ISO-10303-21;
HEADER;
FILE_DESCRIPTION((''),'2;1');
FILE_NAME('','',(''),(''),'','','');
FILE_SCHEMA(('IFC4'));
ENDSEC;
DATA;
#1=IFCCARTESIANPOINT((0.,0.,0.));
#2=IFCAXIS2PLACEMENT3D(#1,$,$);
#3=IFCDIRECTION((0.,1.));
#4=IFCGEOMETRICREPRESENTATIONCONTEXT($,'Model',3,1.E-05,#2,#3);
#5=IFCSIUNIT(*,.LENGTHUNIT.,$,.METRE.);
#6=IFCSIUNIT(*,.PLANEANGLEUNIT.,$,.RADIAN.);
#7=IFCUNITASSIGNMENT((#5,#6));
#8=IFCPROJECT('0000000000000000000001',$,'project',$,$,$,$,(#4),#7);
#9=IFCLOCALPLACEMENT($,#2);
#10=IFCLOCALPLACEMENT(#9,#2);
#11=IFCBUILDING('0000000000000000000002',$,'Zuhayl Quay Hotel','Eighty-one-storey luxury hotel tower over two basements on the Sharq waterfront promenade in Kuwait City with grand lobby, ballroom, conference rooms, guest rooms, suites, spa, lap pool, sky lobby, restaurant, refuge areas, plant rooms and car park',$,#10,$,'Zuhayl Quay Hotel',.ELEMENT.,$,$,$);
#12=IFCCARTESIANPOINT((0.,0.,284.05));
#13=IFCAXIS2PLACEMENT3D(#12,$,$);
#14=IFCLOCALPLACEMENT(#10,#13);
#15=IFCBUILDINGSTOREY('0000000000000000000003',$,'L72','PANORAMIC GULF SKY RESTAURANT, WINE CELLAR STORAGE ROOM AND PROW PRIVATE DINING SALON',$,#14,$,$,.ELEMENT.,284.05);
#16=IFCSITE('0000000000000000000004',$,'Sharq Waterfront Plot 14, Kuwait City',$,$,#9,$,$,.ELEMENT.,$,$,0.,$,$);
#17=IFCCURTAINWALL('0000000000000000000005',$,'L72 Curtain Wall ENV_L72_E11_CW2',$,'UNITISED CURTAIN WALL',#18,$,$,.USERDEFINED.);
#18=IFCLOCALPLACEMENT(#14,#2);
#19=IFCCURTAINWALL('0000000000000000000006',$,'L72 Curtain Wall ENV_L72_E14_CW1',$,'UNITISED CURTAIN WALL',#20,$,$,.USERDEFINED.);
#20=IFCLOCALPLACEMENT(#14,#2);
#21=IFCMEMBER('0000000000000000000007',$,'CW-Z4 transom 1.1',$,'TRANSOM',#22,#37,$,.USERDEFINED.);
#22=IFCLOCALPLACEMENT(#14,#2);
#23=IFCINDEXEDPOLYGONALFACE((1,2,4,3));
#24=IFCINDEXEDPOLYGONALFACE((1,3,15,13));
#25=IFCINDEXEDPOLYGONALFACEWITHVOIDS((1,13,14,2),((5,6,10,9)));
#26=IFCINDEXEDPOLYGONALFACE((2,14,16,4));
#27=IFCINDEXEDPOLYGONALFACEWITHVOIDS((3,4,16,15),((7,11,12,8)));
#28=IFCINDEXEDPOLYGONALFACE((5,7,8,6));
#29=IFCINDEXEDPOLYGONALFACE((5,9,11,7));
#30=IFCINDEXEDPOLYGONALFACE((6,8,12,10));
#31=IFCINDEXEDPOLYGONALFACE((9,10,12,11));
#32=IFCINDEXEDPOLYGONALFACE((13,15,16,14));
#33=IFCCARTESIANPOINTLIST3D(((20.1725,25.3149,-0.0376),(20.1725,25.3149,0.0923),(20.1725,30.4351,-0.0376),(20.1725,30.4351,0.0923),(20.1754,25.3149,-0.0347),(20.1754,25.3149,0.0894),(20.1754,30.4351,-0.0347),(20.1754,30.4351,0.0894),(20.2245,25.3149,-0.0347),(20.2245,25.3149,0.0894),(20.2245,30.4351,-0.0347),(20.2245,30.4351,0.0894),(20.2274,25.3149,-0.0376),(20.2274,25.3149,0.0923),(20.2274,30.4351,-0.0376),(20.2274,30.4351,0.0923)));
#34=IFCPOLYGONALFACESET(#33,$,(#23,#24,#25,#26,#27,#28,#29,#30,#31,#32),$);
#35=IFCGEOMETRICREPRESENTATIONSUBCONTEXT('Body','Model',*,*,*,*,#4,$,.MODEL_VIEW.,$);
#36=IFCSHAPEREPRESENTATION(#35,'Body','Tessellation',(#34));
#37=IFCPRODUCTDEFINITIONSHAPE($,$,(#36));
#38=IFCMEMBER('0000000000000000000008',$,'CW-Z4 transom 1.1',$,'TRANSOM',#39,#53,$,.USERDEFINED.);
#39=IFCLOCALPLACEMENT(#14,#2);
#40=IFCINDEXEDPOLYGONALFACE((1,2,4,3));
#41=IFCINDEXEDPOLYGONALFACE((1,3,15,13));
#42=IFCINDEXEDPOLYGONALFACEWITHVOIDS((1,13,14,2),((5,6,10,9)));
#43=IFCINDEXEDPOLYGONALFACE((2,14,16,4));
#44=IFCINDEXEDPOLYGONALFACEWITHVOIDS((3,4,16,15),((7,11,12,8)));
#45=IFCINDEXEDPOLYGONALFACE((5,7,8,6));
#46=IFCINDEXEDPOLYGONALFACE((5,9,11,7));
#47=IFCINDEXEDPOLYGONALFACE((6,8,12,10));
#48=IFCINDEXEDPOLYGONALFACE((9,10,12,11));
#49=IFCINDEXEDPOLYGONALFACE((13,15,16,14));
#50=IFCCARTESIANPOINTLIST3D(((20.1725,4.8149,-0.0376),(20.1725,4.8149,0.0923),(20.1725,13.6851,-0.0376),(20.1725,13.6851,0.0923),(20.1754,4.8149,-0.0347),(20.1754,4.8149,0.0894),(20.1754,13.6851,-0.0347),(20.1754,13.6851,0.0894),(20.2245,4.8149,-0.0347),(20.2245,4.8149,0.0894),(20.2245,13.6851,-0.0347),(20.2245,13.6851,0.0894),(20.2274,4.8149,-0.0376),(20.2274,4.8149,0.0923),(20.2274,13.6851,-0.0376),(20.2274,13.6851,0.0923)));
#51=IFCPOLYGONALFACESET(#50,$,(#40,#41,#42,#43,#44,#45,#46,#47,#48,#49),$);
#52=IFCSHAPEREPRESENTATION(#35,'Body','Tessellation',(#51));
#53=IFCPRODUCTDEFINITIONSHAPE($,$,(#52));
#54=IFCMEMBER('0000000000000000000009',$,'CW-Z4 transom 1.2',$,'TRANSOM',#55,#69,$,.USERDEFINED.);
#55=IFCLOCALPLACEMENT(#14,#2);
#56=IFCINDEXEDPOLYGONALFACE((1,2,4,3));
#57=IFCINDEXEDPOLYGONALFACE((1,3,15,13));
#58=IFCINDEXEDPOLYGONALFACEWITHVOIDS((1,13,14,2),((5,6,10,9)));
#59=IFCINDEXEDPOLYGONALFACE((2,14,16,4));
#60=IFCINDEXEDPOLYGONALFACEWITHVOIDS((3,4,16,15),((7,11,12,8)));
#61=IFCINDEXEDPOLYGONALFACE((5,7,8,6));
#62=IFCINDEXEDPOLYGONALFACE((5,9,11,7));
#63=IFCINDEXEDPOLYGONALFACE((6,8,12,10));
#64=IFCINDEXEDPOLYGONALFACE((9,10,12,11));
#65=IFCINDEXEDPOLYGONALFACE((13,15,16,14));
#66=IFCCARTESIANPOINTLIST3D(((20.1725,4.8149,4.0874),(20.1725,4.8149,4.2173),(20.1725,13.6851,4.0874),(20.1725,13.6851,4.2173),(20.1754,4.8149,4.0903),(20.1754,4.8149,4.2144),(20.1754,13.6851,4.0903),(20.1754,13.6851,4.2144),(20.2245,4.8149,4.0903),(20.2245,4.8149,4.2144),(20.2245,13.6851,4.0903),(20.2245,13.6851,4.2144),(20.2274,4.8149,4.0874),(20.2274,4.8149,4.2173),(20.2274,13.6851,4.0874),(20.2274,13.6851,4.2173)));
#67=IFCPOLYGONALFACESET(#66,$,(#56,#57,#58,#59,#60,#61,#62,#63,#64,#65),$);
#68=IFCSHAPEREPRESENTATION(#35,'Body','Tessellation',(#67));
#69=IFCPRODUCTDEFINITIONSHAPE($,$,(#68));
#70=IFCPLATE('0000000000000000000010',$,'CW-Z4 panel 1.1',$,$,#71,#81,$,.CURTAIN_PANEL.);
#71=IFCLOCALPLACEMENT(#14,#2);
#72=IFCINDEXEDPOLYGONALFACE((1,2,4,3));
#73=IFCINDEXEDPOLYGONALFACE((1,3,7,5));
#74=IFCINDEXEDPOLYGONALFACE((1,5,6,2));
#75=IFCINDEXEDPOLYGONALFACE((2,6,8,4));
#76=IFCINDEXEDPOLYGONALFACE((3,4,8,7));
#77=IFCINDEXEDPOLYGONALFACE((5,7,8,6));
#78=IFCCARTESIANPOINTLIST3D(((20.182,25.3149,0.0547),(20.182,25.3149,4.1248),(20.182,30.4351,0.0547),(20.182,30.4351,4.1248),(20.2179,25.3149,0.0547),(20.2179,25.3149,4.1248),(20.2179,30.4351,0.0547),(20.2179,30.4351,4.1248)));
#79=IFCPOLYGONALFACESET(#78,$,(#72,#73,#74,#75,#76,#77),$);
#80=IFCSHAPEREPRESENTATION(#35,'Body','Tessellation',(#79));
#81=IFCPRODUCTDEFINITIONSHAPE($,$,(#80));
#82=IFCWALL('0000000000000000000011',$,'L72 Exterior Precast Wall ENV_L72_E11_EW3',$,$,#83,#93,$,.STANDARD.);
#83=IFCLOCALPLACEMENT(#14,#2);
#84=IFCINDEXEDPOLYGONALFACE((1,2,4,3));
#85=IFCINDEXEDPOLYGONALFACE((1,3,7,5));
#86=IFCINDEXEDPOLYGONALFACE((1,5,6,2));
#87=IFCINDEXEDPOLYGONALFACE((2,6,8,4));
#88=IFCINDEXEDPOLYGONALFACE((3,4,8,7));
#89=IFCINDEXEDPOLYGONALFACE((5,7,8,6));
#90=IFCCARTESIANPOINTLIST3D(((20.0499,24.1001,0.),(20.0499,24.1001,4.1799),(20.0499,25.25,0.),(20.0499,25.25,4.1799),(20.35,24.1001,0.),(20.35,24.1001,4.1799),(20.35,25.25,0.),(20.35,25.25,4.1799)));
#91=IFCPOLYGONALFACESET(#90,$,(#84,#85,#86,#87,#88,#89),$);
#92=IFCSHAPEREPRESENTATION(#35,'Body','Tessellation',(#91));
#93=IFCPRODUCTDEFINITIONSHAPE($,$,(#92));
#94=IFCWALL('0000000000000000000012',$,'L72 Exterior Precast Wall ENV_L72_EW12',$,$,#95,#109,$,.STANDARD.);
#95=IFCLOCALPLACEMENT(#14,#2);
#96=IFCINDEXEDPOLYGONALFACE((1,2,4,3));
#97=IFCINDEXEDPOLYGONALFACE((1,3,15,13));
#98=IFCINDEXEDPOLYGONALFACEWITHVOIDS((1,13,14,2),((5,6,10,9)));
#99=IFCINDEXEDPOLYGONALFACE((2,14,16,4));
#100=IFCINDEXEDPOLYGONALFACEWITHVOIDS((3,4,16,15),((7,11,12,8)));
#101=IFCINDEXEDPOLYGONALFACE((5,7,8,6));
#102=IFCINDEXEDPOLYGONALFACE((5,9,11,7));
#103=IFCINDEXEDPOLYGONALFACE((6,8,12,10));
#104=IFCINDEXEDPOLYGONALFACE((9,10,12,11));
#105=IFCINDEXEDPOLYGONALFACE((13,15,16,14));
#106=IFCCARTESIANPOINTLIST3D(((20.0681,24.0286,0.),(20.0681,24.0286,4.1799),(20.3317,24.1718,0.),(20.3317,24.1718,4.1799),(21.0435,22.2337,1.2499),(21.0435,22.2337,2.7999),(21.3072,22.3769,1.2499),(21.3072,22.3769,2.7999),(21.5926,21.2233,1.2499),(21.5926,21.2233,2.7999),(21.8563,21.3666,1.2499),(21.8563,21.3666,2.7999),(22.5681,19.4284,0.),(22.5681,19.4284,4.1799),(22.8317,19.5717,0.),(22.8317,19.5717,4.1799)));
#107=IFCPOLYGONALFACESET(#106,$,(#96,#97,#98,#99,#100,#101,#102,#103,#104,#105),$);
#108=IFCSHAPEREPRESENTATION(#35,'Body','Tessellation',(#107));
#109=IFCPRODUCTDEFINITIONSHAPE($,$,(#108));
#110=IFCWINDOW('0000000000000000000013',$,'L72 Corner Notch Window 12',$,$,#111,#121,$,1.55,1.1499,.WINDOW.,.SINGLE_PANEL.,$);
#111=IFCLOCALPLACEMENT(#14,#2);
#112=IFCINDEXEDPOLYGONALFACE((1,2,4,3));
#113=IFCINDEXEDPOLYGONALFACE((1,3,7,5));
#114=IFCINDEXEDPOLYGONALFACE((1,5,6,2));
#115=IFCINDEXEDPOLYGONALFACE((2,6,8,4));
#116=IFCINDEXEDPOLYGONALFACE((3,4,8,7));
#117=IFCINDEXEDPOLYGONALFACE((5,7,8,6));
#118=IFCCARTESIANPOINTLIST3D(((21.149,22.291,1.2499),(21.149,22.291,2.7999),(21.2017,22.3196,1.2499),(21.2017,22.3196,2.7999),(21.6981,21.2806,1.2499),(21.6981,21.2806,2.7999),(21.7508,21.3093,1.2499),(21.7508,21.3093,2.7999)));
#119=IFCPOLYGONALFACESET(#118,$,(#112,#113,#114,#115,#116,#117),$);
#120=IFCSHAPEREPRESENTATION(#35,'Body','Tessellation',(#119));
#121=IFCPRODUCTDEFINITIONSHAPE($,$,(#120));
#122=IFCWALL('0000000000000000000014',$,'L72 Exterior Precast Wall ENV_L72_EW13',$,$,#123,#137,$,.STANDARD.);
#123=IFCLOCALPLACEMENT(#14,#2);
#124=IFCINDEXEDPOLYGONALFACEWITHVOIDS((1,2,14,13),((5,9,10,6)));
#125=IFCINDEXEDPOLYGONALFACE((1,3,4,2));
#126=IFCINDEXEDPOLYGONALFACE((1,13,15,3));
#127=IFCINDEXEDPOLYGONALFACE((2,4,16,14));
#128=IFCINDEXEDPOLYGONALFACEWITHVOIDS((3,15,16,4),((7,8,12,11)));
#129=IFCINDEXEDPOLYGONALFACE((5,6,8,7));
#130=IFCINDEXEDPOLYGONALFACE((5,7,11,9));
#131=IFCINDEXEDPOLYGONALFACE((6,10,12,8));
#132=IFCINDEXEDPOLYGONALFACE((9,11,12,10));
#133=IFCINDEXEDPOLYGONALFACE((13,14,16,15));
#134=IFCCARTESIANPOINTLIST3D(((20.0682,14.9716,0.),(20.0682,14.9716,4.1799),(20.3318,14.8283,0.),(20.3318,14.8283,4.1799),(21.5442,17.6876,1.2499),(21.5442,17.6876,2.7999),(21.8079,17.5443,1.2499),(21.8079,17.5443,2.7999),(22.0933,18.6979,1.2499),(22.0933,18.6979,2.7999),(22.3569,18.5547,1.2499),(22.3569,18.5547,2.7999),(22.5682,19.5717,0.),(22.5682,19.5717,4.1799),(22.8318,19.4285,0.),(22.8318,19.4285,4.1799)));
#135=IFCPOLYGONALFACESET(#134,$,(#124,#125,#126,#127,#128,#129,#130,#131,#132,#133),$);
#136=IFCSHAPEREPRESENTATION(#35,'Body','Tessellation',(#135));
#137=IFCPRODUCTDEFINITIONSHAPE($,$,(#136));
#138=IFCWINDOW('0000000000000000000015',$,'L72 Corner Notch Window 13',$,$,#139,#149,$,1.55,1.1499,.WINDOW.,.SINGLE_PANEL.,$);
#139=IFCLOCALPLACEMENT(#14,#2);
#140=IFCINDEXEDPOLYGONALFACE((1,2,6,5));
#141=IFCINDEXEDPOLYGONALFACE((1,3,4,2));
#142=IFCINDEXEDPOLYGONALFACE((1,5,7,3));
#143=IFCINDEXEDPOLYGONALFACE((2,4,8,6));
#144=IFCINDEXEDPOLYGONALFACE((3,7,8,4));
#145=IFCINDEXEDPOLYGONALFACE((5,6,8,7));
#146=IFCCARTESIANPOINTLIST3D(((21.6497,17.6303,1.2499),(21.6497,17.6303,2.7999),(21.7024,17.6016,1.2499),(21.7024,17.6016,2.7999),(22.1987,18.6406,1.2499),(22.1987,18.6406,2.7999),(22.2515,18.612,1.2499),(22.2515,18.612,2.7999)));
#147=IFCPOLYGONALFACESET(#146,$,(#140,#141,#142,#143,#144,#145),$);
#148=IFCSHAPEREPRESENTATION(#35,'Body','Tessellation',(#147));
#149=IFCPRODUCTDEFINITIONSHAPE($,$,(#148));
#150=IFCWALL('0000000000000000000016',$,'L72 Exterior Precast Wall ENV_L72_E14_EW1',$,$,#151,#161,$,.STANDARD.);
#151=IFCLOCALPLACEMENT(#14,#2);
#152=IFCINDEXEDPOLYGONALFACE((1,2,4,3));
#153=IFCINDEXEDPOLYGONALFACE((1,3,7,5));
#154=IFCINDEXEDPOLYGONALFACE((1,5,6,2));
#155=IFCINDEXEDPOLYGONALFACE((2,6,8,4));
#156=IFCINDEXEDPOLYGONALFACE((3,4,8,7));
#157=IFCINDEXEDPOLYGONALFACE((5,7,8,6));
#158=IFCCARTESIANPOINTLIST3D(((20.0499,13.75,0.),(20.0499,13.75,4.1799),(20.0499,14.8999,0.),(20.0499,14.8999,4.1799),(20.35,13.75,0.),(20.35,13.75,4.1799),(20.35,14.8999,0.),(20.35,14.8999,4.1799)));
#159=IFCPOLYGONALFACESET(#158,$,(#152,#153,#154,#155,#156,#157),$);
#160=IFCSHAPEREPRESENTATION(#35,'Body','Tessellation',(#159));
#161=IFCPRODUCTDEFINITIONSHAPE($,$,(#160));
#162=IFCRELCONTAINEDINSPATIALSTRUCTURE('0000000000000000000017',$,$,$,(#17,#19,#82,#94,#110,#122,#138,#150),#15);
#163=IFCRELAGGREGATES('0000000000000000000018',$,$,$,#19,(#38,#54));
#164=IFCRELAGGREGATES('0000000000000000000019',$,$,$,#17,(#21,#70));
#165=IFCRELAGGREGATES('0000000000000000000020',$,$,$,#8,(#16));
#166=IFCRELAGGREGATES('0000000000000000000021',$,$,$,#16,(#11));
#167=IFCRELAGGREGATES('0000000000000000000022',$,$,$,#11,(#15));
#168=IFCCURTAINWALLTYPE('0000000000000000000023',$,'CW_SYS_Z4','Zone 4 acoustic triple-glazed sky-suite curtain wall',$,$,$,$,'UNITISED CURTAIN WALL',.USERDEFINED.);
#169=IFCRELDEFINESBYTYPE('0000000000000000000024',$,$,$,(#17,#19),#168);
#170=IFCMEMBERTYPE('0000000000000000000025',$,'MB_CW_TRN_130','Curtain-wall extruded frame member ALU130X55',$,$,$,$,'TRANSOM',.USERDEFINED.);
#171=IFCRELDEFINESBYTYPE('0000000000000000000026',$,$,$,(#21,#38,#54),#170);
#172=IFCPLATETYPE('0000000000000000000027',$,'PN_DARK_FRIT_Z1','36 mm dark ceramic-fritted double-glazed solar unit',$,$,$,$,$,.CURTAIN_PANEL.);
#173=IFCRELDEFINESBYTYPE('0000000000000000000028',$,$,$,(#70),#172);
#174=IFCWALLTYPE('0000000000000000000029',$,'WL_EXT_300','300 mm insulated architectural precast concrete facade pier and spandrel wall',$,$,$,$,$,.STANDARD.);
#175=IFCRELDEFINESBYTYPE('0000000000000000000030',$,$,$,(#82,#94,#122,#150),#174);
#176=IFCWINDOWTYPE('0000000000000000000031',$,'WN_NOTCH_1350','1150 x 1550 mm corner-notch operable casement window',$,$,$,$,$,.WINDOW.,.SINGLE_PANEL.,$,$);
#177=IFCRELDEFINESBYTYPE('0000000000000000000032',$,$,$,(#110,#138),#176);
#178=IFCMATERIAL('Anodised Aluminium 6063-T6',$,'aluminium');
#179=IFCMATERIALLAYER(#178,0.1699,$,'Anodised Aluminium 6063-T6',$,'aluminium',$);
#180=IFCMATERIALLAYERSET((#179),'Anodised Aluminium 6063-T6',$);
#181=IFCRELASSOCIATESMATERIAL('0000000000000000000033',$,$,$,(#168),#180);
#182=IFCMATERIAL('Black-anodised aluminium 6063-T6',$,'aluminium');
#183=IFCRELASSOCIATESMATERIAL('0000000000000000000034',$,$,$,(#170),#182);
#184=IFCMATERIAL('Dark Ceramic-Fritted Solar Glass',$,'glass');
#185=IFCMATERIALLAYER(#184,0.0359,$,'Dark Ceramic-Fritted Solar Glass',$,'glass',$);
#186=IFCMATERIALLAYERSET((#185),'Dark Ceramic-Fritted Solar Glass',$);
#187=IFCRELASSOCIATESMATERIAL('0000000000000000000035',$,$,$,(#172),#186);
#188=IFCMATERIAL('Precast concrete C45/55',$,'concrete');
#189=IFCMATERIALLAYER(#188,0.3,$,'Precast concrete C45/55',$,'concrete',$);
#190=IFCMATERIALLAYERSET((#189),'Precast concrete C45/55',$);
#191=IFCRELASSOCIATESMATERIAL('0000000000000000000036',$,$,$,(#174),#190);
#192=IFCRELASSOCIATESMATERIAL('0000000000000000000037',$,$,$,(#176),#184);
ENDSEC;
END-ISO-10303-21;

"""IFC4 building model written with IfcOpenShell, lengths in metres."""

from ifc_helpers import new_model, si_unit, direction, frame, frame_2d, origin, origin_2d, place, context, subcontext, project, spatial, rectangle, hollow_rectangle, extrude, material, layer, layer_set, material_profile, profile_set, type_object, element, fill, aggregate, save


model = new_model("IFC4")

# Units and contexts
model_context = context("Model", 3, precision=1e-05, world=origin(), true_north=direction((0.0, 1.0)))
body_context = subcontext(model_context, "Body", "Model", "MODEL_VIEW")
ifc_project = project(units=[si_unit("LENGTHUNIT", "METRE"), si_unit("PLANEANGLEUNIT", "RADIAN")], contexts=[model_context])

# Site, building, storey
site_placement = place(None, origin())
site = spatial("IfcSite", under=ifc_project, at=site_placement, Name="Sharq Waterfront Plot 14, Kuwait City", CompositionType="ELEMENT", RefElevation=0.0)
building_placement = place(site_placement, origin())
building = spatial("IfcBuilding", under=site, at=building_placement, Name="Zuhayl Quay Hotel", Description="Eighty-one-storey luxury hotel tower over two basements on the Sharq waterfront promenade in Kuwait City with grand lobby, ballroom, conference rooms, guest rooms, suites, spa, lap pool, sky lobby, restaurant, refuge areas, plant rooms and car park", LongName="Zuhayl Quay Hotel", CompositionType="ELEMENT")
storey_placement = place(building_placement, frame((0.0, 0.0, 284.05)))
storey = spatial("IfcBuildingStorey", under=building, at=storey_placement, Name="L72", Description="PANORAMIC GULF SKY RESTAURANT, WINE CELLAR STORAGE ROOM AND PROW PRIVATE DINING SALON", CompositionType="ELEMENT", Elevation=284.05)

# Curtain walls
ifc_material_1 = material(Name="Anodised Aluminium 6063-T6", Category="aluminium")
ifc_layer_1 = layer(ifc_material_1, 0.1699, Name="Anodised Aluminium 6063-T6", Category="aluminium")
ifc_layer_set_1 = layer_set([ifc_layer_1], Name="Anodised Aluminium 6063-T6")
curtain_wall_type = type_object("IfcCurtainWallType", Name="CW_SYS_Z4", Description="Zone 4 acoustic triple-glazed sky-suite curtain wall", ElementType="UNITISED CURTAIN WALL", PredefinedType="USERDEFINED", material=ifc_layer_set_1)
curtain_wall_1_placement = place(storey_placement, origin())
curtain_wall_1 = element("IfcCurtainWall", 1, at=curtain_wall_1_placement, inside=storey, type_object=curtain_wall_type, Name="L72 Curtain Wall ENV_L72_E11_CW2", ObjectType="UNITISED CURTAIN WALL", PredefinedType="USERDEFINED")
ifc_material_2 = material(Name="Black-anodised aluminium 6063-T6", Category="aluminium")
curtain_wall_2_placement = place(storey_placement, origin())
curtain_wall_2 = element("IfcCurtainWall", 2, at=curtain_wall_2_placement, inside=storey, type_object=curtain_wall_type, Name="L72 Curtain Wall ENV_L72_E14_CW1", ObjectType="UNITISED CURTAIN WALL", PredefinedType="USERDEFINED")

# Members
ifc_material_profile_1 = material_profile(ifc_material_2, hollow_rectangle(XDim=0.0549, YDim=0.1299, WallThickness=0.0029, at=origin_2d()), Name="ALU130X55")
ifc_profile_set_1 = profile_set([ifc_material_profile_1], Name="Black-anodised aluminium 6063-T6")
member_type_1 = type_object("IfcMemberType", Name="MB_CW_TRN_130", Description="Curtain-wall extruded frame member ALU130X55", ElementType="TRANSOM", PredefinedType="USERDEFINED", material=ifc_profile_set_1)
member_1_placement = place(storey_placement, frame((20.2, 30.4351, 0.0273), z_axis=(0.0, -1.0, 0.0), x_axis=(1.0, 0.0, 0.0)))
member_1 = element("IfcMember", 3, at=member_1_placement, type_object=member_type_1, Name="CW-Z4 transom 1.1", ObjectType="TRANSOM", PredefinedType="USERDEFINED", context=body_context, shape_type="SweptSolid", body=[
    extrude(hollow_rectangle(XDim=0.0549, YDim=0.1299, WallThickness=0.0029, at=origin_2d()), origin(), (0.0, 0.0, 1.0), 5.1201),
])
member_2_placement = place(storey_placement, frame((20.2, 13.6851, 0.0273), z_axis=(0.0, -1.0, 0.0), x_axis=(1.0, 0.0, 0.0)))
member_2 = element("IfcMember", 4, at=member_2_placement, type_object=member_type_1, Name="CW-Z4 transom 1.1", ObjectType="TRANSOM", PredefinedType="USERDEFINED", context=body_context, shape_type="SweptSolid", body=[
    extrude(hollow_rectangle(XDim=0.0549, YDim=0.1299, WallThickness=0.0029, at=origin_2d()), origin(), (0.0, 0.0, 1.0), 8.8701),
])
member_3_placement = place(storey_placement, frame((20.2, 13.6851, 4.1523), z_axis=(0.0, -1.0, 0.0), x_axis=(1.0, 0.0, 0.0)))
member_3 = element("IfcMember", 5, at=member_3_placement, type_object=member_type_1, Name="CW-Z4 transom 1.2", ObjectType="TRANSOM", PredefinedType="USERDEFINED", context=body_context, shape_type="SweptSolid", body=[
    extrude(hollow_rectangle(XDim=0.0549, YDim=0.1299, WallThickness=0.0029, at=origin_2d()), origin(), (0.0, 0.0, 1.0), 8.8701),
])
aggregate(curtain_wall_2, [member_2, member_3])

# Plate
ifc_material_3 = material(Name="Dark Ceramic-Fritted Solar Glass", Category="glass")
ifc_layer_2 = layer(ifc_material_3, 0.0359, Name="Dark Ceramic-Fritted Solar Glass", Category="glass")
ifc_layer_set_2 = layer_set([ifc_layer_2], Name="Dark Ceramic-Fritted Solar Glass")
plate_type = type_object("IfcPlateType", Name="PN_DARK_FRIT_Z1", Description="36 mm dark ceramic-fritted double-glazed solar unit", PredefinedType="CURTAIN_PANEL", material=ifc_layer_set_2)
plate_placement = place(storey_placement, frame((20.2, 27.875, 0.0547), z_axis=(0.0, 0.0, 1.0), x_axis=(0.0, -1.0, 0.0)))
plate = element("IfcPlate", 6, at=plate_placement, type_object=plate_type, Name="CW-Z4 panel 1.1", PredefinedType="CURTAIN_PANEL", context=body_context, shape_type="SweptSolid", body=[
    extrude(rectangle(XDim=5.1201, YDim=0.0359, at=origin_2d()), origin(), (0.0, 0.0, 1.0), 4.0701),
])
aggregate(curtain_wall_1, [member_1, plate])

# Wall
ifc_material_4 = material(Name="Precast concrete C45/55", Category="concrete")
ifc_layer_3 = layer(ifc_material_4, 0.3, Name="Precast concrete C45/55", Category="concrete")
ifc_layer_set_3 = layer_set([ifc_layer_3], Name="Precast concrete C45/55")
wall_type_1 = type_object("IfcWallType", Name="WL_EXT_300", Description="300 mm insulated architectural precast concrete facade pier and spandrel wall", PredefinedType="STANDARD", material=ifc_layer_set_3)
wall_1_placement = place(storey_placement, frame((20.2, 25.25, 0.0), z_axis=(0.0, 0.0, 1.0), x_axis=(0.0, -1.0, 0.0)))
element("IfcWall", 7, at=wall_1_placement, inside=storey, type_object=wall_type_1, Name="L72 Exterior Precast Wall ENV_L72_E11_EW3", PredefinedType="STANDARD", context=body_context, shape_type="SweptSolid", body=[
    extrude(rectangle(XDim=1.1499, YDim=0.3, at=frame_2d((0.575, 0.0))), origin(), (0.0, 0.0, 1.0), 4.1799),
])

# Walls, openings, windows
wall_2_placement = place(storey_placement, frame((20.2, 24.1001, 0.0), z_axis=(0.0, 0.0, 1.0), x_axis=(0.477505, -0.878629, 0.0)))
wall_2 = element("IfcWall", 8, at=wall_2_placement, inside=storey, type_object=wall_type_1, Name="L72 Exterior Precast Wall ENV_L72_EW12", PredefinedType="STANDARD", context=body_context, shape_type="SweptSolid", body=[
    extrude(rectangle(XDim=5.2356, YDim=0.3, at=frame_2d((2.6177, 0.0))), origin(), (0.0, 0.0, 1.0), 4.1799),
])
opening_1_placement = place(wall_2_placement, frame((2.0427, 0.0, 1.25)))
opening_1 = element("IfcOpeningElement", 9, at=opening_1_placement, cuts=wall_2, PredefinedType="OPENING", context=body_context, shape_type="SweptSolid", body=[
    extrude(rectangle(XDim=1.1499, YDim=1.55, at=frame_2d((0.575, 0.7749))), frame((0.0, 0.1599, 0.0), z_axis=(0.0, -1.0, 0.0), x_axis=(1.0, 0.0, 0.0)), (0.0, 0.0, 1.0), 0.3201),
])
window_type = type_object("IfcWindowType", Name="WN_NOTCH_1350", Description="1150 x 1550 mm corner-notch operable casement window", PartitioningType="SINGLE_PANEL", PredefinedType="WINDOW", material=ifc_material_3)
window_1_placement = place(opening_1_placement, origin())
window_1 = element("IfcWindow", 10, at=window_1_placement, inside=storey, type_object=window_type, Name="L72 Corner Notch Window 12", OverallHeight=1.55, OverallWidth=1.1499, PartitioningType="SINGLE_PANEL", PredefinedType="WINDOW", context=body_context, shape_type="SweptSolid", body=[
    extrude(rectangle(XDim=1.1499, YDim=1.55, at=frame_2d((0.575, 0.7749))), frame((0.0, 0.03, 0.0), z_axis=(0.0, -1.0, 0.0), x_axis=(1.0, 0.0, 0.0)), (0.0, 0.0, 1.0), 0.0601),
])
fill(opening_1, window_1)
wall_3_placement = place(storey_placement, frame((22.7, 19.5, 0.0), z_axis=(0.0, 0.0, 1.0), x_axis=(-0.477505, -0.878629, 0.0)))
wall_3 = element("IfcWall", 11, at=wall_3_placement, inside=storey, type_object=wall_type_1, Name="L72 Exterior Precast Wall ENV_L72_EW13", PredefinedType="STANDARD", context=body_context, shape_type="SweptSolid", body=[
    extrude(rectangle(XDim=5.2356, YDim=0.3, at=frame_2d((2.6177, 0.0))), origin(), (0.0, 0.0, 1.0), 4.1799),
])
opening_2_placement = place(wall_3_placement, frame((0.9944, 0.0, 1.25)))
opening_2 = element("IfcOpeningElement", 12, at=opening_2_placement, cuts=wall_3, PredefinedType="OPENING", context=body_context, shape_type="SweptSolid", body=[
    extrude(rectangle(XDim=1.1499, YDim=1.55, at=frame_2d((0.575, 0.7749))), frame((0.0, 0.1599, 0.0), z_axis=(0.0, -1.0, 0.0), x_axis=(1.0, 0.0, 0.0)), (0.0, 0.0, 1.0), 0.3201),
])
window_2_placement = place(opening_2_placement, origin())
window_2 = element("IfcWindow", 13, at=window_2_placement, inside=storey, type_object=window_type, Name="L72 Corner Notch Window 13", OverallHeight=1.55, OverallWidth=1.1499, PartitioningType="SINGLE_PANEL", PredefinedType="WINDOW", context=body_context, shape_type="SweptSolid", body=[
    extrude(rectangle(XDim=1.1499, YDim=1.55, at=frame_2d((0.575, 0.7749))), frame((0.0, 0.03, 0.0), z_axis=(0.0, -1.0, 0.0), x_axis=(1.0, 0.0, 0.0)), (0.0, 0.0, 1.0), 0.0601),
])
fill(opening_2, window_2)

# Wall
wall_4_placement = place(storey_placement, frame((20.2, 14.8999, 0.0), z_axis=(0.0, 0.0, 1.0), x_axis=(0.0, -1.0, 0.0)))
element("IfcWall", 14, at=wall_4_placement, inside=storey, type_object=wall_type_1, Name="L72 Exterior Precast Wall ENV_L72_E14_EW1", PredefinedType="STANDARD", context=body_context, shape_type="SweptSolid", body=[
    extrude(rectangle(XDim=1.1499, YDim=0.3, at=frame_2d((0.575, 0.0))), origin(), (0.0, 0.0, 1.0), 4.1799),
])

save(model, "model.ifc")
